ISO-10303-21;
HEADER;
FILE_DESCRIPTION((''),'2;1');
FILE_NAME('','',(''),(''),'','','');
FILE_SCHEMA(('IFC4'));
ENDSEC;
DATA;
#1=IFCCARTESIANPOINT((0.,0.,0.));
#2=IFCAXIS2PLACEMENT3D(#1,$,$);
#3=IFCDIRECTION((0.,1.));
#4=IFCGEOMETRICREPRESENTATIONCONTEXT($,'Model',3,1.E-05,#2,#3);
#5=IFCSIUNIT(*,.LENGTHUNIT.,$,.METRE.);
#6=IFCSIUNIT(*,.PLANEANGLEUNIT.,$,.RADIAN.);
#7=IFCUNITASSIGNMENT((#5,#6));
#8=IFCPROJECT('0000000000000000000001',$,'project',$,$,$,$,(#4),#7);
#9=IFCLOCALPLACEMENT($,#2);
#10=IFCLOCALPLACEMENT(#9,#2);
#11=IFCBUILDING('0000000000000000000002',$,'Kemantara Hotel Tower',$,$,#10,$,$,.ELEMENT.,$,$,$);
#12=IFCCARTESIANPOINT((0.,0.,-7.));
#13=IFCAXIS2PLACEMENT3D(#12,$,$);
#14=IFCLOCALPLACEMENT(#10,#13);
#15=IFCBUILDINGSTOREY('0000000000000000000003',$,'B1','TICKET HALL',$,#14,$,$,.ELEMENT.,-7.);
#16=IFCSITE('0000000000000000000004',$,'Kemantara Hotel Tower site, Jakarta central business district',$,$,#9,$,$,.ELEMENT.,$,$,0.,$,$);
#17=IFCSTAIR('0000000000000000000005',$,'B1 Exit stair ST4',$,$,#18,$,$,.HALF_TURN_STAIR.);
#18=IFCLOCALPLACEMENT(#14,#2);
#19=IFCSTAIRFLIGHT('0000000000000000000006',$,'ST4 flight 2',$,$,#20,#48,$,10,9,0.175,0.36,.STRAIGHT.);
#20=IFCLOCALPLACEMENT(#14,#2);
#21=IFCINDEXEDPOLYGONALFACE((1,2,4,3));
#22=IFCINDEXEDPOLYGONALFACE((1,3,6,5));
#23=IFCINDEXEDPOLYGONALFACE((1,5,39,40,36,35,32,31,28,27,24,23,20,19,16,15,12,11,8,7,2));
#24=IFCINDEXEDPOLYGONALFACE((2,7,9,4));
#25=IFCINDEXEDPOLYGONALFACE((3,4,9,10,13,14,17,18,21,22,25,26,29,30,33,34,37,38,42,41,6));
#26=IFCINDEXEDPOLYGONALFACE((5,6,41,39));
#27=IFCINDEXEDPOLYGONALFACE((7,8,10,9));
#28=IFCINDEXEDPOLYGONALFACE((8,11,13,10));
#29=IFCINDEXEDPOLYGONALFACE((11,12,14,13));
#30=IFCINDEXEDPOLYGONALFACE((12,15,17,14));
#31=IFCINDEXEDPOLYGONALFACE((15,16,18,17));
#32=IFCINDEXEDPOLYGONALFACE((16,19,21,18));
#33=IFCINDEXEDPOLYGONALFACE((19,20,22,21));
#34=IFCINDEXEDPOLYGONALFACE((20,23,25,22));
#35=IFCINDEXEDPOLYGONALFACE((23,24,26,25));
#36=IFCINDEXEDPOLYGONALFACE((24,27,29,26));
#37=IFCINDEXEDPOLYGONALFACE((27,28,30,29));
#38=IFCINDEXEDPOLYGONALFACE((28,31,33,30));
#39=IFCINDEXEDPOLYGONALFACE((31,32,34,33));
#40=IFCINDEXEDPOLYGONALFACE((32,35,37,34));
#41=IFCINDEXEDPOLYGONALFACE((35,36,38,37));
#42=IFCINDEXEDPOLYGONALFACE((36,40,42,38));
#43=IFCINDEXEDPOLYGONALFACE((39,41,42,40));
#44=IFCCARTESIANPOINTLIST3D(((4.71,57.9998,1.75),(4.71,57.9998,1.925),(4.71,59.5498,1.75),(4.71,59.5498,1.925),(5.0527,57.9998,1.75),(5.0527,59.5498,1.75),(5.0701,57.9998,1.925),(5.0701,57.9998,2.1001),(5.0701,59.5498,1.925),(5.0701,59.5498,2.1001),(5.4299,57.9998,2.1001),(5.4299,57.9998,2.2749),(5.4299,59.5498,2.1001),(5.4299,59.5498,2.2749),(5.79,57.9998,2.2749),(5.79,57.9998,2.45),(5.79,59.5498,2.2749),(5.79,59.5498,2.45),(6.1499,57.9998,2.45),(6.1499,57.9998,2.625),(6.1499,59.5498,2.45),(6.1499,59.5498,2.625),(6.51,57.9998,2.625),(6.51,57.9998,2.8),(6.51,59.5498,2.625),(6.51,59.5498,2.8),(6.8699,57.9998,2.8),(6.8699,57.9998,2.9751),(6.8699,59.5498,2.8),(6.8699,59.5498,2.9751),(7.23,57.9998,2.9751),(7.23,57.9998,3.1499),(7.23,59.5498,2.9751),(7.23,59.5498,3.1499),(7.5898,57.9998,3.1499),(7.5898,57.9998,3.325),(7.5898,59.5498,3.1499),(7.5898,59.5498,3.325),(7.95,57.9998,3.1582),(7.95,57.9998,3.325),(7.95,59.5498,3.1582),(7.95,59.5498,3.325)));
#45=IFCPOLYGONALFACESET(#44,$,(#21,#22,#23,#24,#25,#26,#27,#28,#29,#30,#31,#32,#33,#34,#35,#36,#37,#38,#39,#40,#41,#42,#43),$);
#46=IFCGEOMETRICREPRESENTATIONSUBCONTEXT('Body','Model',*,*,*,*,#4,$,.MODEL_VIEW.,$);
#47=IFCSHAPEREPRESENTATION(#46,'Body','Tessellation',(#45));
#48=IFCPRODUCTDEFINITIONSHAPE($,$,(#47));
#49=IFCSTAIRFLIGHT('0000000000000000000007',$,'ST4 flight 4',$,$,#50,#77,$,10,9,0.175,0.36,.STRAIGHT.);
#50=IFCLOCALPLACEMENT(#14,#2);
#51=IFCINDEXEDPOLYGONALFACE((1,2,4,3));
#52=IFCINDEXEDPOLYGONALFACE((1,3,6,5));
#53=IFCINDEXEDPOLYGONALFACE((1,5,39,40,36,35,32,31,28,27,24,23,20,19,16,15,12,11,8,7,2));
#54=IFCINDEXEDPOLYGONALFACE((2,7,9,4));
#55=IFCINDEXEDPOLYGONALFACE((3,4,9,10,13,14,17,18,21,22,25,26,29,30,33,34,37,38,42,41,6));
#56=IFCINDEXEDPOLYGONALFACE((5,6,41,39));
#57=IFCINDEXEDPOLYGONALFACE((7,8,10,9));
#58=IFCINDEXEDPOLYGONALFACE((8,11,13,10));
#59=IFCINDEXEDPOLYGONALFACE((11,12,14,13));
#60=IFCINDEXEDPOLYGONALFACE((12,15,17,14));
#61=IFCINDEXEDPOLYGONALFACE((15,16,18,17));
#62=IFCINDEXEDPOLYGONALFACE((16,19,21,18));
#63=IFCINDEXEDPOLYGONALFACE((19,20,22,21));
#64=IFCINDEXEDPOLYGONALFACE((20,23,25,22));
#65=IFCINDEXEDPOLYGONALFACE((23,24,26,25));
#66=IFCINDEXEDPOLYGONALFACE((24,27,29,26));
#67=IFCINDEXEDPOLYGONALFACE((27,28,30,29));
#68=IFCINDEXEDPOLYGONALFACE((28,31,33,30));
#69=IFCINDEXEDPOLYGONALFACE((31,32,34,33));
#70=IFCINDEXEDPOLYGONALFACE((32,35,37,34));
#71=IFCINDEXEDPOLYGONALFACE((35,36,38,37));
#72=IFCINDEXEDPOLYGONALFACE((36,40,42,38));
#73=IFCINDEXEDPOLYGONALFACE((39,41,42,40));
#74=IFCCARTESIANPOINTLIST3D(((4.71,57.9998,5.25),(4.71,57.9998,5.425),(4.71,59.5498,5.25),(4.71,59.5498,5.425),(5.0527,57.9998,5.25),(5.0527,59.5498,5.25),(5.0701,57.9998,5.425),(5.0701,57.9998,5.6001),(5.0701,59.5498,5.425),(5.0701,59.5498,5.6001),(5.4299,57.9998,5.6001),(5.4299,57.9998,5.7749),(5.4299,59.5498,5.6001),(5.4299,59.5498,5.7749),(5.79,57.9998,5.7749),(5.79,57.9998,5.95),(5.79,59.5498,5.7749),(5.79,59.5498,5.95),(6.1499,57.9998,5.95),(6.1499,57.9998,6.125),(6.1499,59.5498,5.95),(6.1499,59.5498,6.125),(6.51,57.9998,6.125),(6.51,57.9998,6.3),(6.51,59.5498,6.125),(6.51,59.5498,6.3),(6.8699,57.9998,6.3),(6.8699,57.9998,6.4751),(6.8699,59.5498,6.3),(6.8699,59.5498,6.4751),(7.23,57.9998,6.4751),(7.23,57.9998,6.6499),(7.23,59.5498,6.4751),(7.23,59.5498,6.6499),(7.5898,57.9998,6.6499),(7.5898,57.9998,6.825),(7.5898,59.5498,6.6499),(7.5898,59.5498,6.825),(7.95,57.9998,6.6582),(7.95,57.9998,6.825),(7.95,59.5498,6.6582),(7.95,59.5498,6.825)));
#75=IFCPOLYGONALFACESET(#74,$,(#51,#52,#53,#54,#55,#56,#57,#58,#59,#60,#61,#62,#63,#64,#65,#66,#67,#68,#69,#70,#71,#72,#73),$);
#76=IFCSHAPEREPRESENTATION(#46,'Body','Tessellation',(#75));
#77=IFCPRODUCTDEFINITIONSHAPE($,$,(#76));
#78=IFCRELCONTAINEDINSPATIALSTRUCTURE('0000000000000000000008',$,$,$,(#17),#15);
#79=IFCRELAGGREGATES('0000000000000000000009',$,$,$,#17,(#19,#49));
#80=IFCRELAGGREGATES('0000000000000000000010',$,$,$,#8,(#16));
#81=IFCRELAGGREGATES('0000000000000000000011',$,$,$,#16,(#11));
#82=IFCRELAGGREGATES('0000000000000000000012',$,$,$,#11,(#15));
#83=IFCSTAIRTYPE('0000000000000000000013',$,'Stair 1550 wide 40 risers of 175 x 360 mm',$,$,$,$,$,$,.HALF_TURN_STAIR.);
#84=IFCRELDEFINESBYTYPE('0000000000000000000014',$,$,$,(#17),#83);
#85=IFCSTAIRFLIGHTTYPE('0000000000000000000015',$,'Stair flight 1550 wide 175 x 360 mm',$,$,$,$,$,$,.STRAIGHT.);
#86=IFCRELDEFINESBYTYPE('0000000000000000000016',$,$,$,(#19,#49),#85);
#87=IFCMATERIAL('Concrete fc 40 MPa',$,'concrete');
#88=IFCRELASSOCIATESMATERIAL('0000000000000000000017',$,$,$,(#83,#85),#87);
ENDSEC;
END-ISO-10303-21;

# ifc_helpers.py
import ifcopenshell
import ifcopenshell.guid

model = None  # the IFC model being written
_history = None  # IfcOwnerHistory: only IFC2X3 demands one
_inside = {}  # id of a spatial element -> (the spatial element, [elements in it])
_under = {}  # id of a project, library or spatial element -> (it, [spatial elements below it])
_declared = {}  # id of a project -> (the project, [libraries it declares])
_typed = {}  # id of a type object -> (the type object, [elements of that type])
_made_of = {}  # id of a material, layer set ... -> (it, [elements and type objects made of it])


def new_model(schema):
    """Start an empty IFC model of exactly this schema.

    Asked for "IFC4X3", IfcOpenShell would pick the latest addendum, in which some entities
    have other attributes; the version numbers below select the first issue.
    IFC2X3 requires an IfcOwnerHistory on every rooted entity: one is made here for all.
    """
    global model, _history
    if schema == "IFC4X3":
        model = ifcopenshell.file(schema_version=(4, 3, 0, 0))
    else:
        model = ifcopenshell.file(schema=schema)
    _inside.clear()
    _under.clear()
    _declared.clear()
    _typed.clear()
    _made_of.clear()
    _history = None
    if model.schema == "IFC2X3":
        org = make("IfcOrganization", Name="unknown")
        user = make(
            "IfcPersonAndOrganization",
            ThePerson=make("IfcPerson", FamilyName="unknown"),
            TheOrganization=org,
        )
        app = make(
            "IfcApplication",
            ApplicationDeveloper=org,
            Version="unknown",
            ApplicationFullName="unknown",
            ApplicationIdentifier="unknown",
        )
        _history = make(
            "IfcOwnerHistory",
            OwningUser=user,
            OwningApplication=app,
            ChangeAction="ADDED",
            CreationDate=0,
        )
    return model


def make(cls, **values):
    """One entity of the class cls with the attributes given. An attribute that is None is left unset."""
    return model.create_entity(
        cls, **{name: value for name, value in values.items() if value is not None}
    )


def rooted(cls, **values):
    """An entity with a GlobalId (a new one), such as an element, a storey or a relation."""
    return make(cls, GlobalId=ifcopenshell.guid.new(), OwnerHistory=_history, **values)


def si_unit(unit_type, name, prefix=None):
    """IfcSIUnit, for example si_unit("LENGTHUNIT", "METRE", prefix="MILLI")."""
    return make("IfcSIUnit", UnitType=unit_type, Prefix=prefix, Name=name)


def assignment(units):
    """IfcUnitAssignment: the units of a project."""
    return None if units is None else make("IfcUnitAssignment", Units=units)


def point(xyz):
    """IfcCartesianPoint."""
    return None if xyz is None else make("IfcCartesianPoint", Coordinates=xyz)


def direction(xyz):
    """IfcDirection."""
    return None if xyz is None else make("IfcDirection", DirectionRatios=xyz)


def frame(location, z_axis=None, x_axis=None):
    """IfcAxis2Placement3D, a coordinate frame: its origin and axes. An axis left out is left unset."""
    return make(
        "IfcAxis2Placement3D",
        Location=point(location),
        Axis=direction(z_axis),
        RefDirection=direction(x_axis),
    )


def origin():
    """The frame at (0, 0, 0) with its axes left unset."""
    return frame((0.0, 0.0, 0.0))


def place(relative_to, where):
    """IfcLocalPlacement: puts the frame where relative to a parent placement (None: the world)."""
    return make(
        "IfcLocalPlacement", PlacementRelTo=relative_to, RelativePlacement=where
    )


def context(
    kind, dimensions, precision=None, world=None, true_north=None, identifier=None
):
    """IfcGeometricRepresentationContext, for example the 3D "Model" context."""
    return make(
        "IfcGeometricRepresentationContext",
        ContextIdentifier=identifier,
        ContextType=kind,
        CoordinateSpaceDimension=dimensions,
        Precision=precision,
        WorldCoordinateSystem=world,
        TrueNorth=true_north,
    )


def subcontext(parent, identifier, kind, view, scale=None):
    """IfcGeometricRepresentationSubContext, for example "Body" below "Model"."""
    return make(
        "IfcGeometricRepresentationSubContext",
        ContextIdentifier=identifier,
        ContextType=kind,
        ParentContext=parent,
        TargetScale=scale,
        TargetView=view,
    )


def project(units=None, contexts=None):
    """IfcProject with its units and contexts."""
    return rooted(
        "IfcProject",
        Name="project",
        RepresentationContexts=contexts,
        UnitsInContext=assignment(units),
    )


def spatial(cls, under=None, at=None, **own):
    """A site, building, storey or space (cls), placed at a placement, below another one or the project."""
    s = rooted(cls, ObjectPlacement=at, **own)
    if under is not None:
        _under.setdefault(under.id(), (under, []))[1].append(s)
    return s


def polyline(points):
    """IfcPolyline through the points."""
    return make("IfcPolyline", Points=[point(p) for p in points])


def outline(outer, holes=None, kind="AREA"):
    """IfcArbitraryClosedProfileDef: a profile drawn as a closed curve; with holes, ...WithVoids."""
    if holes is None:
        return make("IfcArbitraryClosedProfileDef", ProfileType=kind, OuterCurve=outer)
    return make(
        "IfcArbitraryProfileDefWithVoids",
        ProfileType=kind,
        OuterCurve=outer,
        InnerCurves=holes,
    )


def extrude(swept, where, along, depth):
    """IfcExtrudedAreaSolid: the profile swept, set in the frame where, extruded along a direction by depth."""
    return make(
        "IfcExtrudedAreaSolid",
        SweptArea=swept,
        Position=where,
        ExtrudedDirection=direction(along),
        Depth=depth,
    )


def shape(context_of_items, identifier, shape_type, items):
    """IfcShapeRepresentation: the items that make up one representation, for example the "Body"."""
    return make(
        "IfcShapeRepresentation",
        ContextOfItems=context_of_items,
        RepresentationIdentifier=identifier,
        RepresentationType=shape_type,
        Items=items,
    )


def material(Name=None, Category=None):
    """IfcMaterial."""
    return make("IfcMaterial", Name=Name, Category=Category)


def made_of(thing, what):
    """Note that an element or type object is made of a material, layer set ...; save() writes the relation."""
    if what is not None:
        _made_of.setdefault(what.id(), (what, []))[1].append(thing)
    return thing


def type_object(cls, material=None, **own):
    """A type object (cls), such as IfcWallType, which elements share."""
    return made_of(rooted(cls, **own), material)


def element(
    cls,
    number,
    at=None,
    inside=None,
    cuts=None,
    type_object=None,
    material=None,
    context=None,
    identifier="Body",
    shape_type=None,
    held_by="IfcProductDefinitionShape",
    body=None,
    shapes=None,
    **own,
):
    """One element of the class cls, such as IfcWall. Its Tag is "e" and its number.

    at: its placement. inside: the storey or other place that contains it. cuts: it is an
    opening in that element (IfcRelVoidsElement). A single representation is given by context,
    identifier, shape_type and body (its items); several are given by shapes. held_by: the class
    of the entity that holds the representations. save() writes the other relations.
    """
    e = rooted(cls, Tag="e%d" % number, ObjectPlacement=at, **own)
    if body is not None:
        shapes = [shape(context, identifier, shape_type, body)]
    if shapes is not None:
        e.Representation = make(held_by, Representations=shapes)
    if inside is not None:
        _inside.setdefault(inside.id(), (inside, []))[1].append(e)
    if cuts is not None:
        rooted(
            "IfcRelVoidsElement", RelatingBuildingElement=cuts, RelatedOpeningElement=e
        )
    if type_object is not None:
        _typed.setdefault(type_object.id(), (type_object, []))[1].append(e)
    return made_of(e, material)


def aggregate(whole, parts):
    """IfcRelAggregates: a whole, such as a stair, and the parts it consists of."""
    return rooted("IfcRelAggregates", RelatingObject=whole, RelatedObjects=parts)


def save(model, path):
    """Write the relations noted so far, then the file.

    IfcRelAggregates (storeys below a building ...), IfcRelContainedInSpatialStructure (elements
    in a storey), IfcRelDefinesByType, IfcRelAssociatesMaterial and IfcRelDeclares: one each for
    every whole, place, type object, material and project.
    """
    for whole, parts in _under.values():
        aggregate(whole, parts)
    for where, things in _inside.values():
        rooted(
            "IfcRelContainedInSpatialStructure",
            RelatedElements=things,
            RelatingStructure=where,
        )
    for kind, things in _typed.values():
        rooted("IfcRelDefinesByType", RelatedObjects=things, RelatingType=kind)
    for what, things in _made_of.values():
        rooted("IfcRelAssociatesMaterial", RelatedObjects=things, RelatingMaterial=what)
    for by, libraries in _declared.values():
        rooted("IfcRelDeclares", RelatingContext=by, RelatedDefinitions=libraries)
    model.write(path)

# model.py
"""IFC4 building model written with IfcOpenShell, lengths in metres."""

from ifc_helpers import new_model, si_unit, direction, frame, origin, place, context, subcontext, project, spatial, polyline, outline, extrude, material, type_object, element, aggregate, save


model = new_model("IFC4")

# Units and contexts
model_context = context("Model", 3, precision=1e-05, world=origin(), true_north=direction((0.0, 1.0)))
body_context = subcontext(model_context, "Body", "Model", "MODEL_VIEW")
ifc_project = project(units=[si_unit("LENGTHUNIT", "METRE"), si_unit("PLANEANGLEUNIT", "RADIAN")], contexts=[model_context])

# Site, building, storey
site_placement = place(None, origin())
site = spatial("IfcSite", under=ifc_project, at=site_placement, Name="Kemantara Hotel Tower site, Jakarta central business district", CompositionType="ELEMENT", RefElevation=0.0)
building_placement = place(site_placement, origin())
building = spatial("IfcBuilding", under=site, at=building_placement, Name="Kemantara Hotel Tower", CompositionType="ELEMENT")
storey_placement = place(building_placement, frame((0.0, 0.0, -7.0)))
storey = spatial("IfcBuildingStorey", under=building, at=storey_placement, Name="B1", Description="TICKET HALL", CompositionType="ELEMENT", Elevation=-7.0)

# Shared definitions
ifc_material_1 = material(Name="Concrete fc 40 MPa", Category="concrete")

# Stair, stair flights
stair_type = type_object("IfcStairType", Name="Stair 1550 wide 40 risers of 175 x 360 mm", PredefinedType="HALF_TURN_STAIR", material=ifc_material_1)
stair_placement = place(storey_placement, origin())
stair = element("IfcStair", 1, at=stair_placement, inside=storey, type_object=stair_type, Name="B1 Exit stair ST4", PredefinedType="HALF_TURN_STAIR")
stair_flight_type = type_object("IfcStairFlightType", Name="Stair flight 1550 wide 175 x 360 mm", PredefinedType="STRAIGHT", material=ifc_material_1)
stair_flight_1_placement = place(storey_placement, frame((4.71, 58.7749, 1.75), z_axis=(0.0, 0.0, 1.0), x_axis=(1.0, 0.0, 0.0)))
stair_flight_1 = element("IfcStairFlight", 2, at=stair_flight_1_placement, type_object=stair_flight_type, Name="ST4 flight 2", NumberOfRisers=10, NumberOfTreads=9, PredefinedType="STRAIGHT", RiserHeight=0.175, TreadLength=0.36, context=body_context, shape_type="SweptSolid", body=[
    extrude(outline(polyline([(0.0, 0.0), (0.0, 0.175), (0.3601, 0.175), (0.3601, 0.3501), (0.72, 0.3501), (0.72, 0.5249), (1.0801, 0.5249), (1.0801, 0.7), (1.4399, 0.7), (1.4399, 0.875), (1.8, 0.875), (1.8, 1.05), (2.1599, 1.05), (2.1599, 1.2251), (2.52, 1.2251), (2.52, 1.3999), (2.8799, 1.3999), (2.8799, 1.575), (3.24, 1.575), (3.24, 1.75), (3.24, 1.4082), (0.3428, 0.0), (0.0, 0.0)])), frame((0.0, 0.7749, 0.0), z_axis=(0.0, -1.0, 0.0), x_axis=(1.0, 0.0, 0.0)), (0.0, 0.0, 1.0), 1.55),
])
stair_flight_2_placement = place(storey_placement, frame((4.71, 58.7749, 5.25), z_axis=(0.0, 0.0, 1.0), x_axis=(1.0, 0.0, 0.0)))
stair_flight_2 = element("IfcStairFlight", 3, at=stair_flight_2_placement, type_object=stair_flight_type, Name="ST4 flight 4", NumberOfRisers=10, NumberOfTreads=9, PredefinedType="STRAIGHT", RiserHeight=0.175, TreadLength=0.36, context=body_context, shape_type="SweptSolid", body=[
    extrude(outline(polyline([(0.0, 0.0), (0.0, 0.175), (0.3601, 0.175), (0.3601, 0.3501), (0.72, 0.3501), (0.72, 0.5249), (1.0801, 0.5249), (1.0801, 0.7), (1.4399, 0.7), (1.4399, 0.875), (1.8, 0.875), (1.8, 1.05), (2.1599, 1.05), (2.1599, 1.2251), (2.52, 1.2251), (2.52, 1.3999), (2.8799, 1.3999), (2.8799, 1.575), (3.24, 1.575), (3.24, 1.75), (3.24, 1.4082), (0.3428, 0.0), (0.0, 0.0)])), frame((0.0, 0.7749, 0.0), z_axis=(0.0, -1.0, 0.0), x_axis=(1.0, 0.0, 0.0)), (0.0, 0.0, 1.0), 1.55),
])
aggregate(stair, [stair_flight_1, stair_flight_2])

save(model, "model.ifc")
